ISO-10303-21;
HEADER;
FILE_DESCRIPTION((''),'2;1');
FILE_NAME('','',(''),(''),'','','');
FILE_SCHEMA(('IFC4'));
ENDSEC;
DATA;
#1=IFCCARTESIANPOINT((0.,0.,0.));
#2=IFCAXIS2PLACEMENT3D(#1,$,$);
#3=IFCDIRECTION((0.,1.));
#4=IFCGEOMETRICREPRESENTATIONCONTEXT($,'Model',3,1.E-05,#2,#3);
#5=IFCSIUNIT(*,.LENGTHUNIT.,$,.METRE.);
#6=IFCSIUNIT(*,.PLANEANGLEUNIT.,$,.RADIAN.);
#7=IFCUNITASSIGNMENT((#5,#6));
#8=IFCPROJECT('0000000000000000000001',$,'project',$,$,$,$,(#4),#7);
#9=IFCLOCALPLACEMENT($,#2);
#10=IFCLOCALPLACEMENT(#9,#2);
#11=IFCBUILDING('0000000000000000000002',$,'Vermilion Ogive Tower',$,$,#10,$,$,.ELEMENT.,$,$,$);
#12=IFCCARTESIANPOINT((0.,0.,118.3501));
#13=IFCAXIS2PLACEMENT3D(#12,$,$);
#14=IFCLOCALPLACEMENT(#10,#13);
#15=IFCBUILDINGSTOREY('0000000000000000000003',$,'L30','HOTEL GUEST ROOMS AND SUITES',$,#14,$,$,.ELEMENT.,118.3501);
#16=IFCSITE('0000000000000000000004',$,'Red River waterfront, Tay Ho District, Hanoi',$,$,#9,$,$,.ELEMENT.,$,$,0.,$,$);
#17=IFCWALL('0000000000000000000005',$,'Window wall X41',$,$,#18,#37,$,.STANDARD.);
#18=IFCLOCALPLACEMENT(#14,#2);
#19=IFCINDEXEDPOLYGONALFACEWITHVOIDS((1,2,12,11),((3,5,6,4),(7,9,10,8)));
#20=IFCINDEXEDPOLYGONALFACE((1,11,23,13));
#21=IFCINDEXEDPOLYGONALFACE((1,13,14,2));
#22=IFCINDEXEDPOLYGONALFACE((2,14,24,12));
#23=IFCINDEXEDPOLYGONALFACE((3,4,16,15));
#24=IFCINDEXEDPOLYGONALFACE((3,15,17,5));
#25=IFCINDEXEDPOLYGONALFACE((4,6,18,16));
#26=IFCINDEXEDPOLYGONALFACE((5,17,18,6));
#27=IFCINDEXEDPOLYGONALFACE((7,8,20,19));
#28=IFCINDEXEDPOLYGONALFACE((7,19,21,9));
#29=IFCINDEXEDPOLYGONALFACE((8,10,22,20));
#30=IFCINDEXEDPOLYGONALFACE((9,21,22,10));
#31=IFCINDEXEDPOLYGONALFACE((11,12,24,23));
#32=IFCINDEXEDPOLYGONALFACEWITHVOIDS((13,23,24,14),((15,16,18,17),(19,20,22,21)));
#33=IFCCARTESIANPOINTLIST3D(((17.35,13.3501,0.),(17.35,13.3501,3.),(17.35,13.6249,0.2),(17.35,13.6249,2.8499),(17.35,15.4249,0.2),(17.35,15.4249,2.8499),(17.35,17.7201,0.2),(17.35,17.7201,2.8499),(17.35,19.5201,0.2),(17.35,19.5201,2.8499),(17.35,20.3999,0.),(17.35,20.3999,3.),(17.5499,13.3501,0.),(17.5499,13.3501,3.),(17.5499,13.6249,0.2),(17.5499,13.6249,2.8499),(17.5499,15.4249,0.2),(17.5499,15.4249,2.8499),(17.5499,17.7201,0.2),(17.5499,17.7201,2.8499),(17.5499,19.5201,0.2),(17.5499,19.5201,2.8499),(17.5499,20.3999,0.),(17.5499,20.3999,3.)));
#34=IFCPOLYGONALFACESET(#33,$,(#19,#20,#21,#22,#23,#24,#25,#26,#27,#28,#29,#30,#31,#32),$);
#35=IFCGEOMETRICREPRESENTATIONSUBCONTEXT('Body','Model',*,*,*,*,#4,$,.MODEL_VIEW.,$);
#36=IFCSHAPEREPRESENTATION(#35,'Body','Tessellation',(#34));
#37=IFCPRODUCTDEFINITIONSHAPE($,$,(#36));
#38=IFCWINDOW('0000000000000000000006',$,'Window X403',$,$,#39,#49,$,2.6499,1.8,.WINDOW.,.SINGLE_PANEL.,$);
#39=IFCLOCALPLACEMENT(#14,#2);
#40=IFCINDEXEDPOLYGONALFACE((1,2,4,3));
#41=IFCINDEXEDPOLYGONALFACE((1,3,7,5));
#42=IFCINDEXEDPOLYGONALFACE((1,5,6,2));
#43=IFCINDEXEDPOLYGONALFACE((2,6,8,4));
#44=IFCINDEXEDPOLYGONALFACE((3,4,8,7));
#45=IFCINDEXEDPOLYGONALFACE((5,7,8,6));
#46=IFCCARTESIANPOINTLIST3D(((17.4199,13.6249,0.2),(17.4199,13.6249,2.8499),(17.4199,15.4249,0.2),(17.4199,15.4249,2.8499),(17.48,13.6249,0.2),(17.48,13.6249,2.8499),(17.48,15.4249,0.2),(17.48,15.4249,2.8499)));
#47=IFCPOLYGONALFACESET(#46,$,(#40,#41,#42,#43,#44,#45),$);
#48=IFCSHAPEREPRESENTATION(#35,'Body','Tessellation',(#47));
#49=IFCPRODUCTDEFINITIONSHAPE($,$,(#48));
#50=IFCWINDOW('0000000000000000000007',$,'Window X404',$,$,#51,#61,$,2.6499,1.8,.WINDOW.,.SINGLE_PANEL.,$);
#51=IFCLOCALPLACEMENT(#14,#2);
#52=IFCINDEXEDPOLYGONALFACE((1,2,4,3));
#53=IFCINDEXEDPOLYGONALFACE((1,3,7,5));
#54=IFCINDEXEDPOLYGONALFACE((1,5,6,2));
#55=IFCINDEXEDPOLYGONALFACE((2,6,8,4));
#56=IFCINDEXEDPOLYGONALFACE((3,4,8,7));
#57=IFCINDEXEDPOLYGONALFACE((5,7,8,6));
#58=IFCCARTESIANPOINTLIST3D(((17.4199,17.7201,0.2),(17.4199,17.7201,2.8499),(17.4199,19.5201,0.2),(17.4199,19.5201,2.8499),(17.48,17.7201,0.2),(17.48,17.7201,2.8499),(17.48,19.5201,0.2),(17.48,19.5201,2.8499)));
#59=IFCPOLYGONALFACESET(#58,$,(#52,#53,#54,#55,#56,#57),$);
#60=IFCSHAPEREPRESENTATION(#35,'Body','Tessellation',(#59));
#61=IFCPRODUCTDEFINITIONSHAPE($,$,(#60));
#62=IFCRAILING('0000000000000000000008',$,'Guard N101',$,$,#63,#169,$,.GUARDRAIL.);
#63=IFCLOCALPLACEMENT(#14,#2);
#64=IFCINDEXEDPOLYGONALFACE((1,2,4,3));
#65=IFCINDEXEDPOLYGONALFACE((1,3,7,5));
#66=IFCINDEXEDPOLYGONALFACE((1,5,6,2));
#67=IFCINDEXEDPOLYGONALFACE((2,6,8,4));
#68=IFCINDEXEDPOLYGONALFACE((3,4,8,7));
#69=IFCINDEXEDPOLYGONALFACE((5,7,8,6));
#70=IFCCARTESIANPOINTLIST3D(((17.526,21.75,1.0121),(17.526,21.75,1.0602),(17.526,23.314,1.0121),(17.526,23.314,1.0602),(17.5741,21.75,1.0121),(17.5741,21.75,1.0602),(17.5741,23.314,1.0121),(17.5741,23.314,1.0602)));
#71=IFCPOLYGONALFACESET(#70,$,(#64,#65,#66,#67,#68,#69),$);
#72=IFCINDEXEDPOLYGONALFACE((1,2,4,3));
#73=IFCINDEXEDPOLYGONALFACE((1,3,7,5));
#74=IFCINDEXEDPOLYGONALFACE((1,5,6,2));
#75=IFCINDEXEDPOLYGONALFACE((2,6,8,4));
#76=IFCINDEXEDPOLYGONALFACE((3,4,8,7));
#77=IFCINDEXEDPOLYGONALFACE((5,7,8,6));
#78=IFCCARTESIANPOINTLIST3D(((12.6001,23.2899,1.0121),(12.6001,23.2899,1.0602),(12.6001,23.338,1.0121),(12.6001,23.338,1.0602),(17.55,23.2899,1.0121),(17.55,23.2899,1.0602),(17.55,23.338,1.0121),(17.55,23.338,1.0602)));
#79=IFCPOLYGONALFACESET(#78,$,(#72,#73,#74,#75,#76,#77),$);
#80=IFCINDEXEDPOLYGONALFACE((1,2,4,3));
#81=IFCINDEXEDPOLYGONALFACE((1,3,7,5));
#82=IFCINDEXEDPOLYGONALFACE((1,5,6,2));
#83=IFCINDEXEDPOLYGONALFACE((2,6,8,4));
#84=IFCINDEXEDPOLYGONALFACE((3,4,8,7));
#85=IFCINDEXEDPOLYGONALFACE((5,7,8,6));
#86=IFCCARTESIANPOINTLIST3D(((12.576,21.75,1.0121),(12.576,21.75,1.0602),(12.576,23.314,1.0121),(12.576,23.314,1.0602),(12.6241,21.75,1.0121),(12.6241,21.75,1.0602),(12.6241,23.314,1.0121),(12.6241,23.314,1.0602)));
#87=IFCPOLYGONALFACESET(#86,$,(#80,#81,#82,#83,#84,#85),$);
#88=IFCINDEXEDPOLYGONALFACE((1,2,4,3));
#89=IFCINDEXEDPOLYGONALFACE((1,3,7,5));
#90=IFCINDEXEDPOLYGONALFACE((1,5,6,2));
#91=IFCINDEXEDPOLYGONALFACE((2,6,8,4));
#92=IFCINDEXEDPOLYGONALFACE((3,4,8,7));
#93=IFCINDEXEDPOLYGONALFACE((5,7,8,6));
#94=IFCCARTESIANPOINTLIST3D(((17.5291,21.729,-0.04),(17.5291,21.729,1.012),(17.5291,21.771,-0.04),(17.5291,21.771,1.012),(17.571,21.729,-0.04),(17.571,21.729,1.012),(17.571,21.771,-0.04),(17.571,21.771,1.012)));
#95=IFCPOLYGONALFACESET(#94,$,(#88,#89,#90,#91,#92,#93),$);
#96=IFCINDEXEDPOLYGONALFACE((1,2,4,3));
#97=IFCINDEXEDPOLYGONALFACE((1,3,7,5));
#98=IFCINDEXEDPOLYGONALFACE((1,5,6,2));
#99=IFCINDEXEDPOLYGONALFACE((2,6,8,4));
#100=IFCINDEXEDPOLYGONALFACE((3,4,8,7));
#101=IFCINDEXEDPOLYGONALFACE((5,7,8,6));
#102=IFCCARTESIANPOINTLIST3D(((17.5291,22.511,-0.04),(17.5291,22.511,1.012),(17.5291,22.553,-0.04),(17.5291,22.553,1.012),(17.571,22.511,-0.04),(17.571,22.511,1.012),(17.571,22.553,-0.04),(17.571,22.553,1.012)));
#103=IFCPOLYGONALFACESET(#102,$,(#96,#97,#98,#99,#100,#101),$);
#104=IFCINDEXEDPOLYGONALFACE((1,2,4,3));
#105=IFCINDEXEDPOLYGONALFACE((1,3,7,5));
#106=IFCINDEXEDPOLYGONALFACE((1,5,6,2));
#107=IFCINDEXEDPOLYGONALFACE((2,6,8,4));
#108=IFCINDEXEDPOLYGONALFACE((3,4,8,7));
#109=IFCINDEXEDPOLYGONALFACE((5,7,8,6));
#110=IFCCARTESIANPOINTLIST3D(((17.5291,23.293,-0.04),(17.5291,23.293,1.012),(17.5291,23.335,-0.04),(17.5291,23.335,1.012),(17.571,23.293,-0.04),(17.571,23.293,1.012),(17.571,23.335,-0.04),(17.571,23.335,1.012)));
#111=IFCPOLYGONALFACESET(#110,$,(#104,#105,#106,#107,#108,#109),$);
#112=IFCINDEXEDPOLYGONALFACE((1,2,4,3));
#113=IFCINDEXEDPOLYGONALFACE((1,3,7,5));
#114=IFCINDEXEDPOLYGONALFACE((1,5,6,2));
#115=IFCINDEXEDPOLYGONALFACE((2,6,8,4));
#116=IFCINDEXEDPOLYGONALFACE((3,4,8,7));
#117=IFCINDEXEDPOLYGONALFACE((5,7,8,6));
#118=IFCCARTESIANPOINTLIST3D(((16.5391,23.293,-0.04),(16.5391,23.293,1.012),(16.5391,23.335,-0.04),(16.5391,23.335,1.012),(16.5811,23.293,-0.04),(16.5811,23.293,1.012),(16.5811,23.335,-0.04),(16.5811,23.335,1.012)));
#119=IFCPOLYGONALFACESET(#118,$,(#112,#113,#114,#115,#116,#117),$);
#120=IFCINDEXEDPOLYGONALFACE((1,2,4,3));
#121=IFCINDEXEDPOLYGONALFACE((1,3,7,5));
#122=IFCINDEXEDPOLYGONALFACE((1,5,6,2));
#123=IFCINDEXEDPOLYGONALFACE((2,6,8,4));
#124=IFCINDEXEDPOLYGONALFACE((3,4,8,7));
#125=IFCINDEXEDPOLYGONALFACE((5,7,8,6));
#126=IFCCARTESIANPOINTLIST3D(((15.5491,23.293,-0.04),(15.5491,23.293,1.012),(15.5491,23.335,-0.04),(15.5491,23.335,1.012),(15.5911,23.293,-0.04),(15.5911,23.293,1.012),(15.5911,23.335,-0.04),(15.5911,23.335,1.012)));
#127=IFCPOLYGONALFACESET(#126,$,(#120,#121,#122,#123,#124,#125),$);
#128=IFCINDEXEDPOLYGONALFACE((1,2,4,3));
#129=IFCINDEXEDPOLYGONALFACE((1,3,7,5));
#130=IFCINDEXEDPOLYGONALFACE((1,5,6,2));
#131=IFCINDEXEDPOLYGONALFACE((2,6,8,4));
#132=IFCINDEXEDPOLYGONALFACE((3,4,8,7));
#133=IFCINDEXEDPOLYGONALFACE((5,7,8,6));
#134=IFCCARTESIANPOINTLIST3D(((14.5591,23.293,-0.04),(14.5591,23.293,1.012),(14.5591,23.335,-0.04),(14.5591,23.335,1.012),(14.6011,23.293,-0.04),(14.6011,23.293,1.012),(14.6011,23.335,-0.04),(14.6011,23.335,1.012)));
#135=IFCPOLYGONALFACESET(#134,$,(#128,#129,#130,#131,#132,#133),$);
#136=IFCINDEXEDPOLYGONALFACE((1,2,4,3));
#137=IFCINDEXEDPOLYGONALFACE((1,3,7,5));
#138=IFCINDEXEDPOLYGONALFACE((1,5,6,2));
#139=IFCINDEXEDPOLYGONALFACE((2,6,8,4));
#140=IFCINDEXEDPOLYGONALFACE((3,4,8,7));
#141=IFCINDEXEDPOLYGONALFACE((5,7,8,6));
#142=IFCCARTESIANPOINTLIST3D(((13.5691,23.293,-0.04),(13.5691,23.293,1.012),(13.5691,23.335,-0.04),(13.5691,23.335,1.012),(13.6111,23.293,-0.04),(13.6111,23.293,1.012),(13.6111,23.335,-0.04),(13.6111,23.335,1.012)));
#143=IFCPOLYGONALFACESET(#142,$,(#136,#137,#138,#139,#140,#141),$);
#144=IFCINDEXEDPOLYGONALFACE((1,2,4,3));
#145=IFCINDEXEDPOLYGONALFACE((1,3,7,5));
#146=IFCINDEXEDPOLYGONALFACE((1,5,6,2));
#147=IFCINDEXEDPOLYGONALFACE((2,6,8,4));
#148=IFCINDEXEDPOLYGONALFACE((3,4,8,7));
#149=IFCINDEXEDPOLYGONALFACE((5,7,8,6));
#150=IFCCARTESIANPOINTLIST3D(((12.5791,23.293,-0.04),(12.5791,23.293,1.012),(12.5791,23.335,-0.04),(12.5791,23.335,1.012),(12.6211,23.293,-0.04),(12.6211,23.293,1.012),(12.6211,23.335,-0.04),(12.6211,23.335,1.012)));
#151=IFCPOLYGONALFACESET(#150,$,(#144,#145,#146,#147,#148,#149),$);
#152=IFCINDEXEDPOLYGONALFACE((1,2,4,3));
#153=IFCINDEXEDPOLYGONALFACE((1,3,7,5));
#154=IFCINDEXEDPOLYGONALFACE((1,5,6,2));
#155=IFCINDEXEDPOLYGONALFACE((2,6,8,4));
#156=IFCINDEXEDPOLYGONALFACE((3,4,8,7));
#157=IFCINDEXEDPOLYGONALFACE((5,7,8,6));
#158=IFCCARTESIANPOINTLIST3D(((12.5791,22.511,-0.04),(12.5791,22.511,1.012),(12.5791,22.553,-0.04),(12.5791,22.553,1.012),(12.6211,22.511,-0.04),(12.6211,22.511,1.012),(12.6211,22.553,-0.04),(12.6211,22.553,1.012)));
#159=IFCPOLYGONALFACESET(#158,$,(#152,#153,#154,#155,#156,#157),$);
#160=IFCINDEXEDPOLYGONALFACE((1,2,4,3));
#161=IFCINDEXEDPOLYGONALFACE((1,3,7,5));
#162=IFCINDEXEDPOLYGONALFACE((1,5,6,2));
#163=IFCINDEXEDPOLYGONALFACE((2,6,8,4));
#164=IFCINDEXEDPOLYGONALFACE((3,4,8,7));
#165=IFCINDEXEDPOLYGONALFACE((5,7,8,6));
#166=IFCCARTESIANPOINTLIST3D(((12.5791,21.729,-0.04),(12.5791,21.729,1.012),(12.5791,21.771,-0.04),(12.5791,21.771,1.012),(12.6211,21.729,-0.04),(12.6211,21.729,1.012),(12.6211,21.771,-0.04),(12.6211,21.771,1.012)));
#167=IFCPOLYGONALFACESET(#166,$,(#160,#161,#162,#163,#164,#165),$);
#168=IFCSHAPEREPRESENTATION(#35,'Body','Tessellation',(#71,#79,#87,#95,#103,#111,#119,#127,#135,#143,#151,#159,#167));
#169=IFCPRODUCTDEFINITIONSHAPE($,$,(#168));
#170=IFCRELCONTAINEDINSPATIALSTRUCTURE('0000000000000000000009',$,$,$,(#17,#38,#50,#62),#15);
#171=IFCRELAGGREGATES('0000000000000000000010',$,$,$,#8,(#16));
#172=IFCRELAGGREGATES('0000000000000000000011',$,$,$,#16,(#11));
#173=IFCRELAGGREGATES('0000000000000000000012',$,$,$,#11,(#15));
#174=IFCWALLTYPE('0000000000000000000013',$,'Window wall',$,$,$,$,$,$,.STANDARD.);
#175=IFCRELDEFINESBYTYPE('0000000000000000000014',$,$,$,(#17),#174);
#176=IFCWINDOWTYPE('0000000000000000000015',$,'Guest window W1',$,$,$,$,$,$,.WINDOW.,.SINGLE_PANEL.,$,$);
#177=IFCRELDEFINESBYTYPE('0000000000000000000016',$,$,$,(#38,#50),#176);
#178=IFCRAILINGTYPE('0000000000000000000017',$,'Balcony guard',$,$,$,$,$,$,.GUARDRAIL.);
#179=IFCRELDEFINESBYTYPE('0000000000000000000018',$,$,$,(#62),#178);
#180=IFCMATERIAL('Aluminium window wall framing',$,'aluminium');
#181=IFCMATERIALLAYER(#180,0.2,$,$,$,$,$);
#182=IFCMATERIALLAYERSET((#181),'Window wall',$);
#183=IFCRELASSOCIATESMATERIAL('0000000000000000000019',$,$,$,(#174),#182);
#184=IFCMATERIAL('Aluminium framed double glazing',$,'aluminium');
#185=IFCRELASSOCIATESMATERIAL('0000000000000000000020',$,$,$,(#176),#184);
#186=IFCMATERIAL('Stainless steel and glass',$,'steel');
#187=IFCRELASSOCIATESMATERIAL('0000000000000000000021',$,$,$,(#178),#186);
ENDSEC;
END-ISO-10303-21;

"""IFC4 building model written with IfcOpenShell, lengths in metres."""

from ifc_helpers import new_model, si_unit, direction, frame, frame_2d, origin, origin_2d, place, context, subcontext, project, spatial, rectangle, extrude, material, layer, layer_set, type_object, element, fill, save


model = new_model("IFC4")

# Units and contexts
model_context = context("Model", 3, precision=1e-05, world=origin(), true_north=direction((0.0, 1.0)))
body_context = subcontext(model_context, "Body", "Model", "MODEL_VIEW")
ifc_project = project(units=[si_unit("LENGTHUNIT", "METRE"), si_unit("PLANEANGLEUNIT", "RADIAN")], contexts=[model_context])

# Site, building, storey
site_placement = place(None, origin())
site = spatial("IfcSite", under=ifc_project, at=site_placement, Name="Red River waterfront, Tay Ho District, Hanoi", CompositionType="ELEMENT", RefElevation=0.0)
building_placement = place(site_placement, origin())
building = spatial("IfcBuilding", under=site, at=building_placement, Name="Vermilion Ogive Tower", CompositionType="ELEMENT")
storey_placement = place(building_placement, frame((0.0, 0.0, 118.3501)))
storey = spatial("IfcBuildingStorey", under=building, at=storey_placement, Name="L30", Description="HOTEL GUEST ROOMS AND SUITES", CompositionType="ELEMENT", Elevation=118.3501)

# Shared definitions
ifc_material_1 = material(Name="Aluminium window wall framing", Category="aluminium")
ifc_layer_1 = layer(ifc_material_1, 0.2)
ifc_layer_set_1 = layer_set([ifc_layer_1], Name="Window wall")
wall_type_1 = type_object("IfcWallType", Name="Window wall", PredefinedType="STANDARD", material=ifc_layer_set_1)

# Wall, openings, windows
wall_1_placement = place(storey_placement, frame((17.45, 13.3501, 0.0), z_axis=(0.0, 0.0, 1.0), x_axis=(0.0, 1.0, 0.0)))
wall_1 = element("IfcWall", 1, at=wall_1_placement, inside=storey, type_object=wall_type_1, Name="Window wall X41", PredefinedType="STANDARD", context=body_context, shape_type="SweptSolid", body=[
    extrude(rectangle(XDim=7.0498, YDim=0.2, at=frame_2d((3.5249, 0.0))), origin(), (0.0, 0.0, 1.0), 3.0),
])
opening_1_placement = place(wall_1_placement, frame((0.2749, 0.0, 0.2)))
opening_1 = element("IfcOpeningElement", 2, at=opening_1_placement, cuts=wall_1, PredefinedType="OPENING", context=body_context, shape_type="SweptSolid", body=[
    extrude(rectangle(XDim=1.8, YDim=2.6499, at=frame_2d((0.8999, 1.325))), frame((0.0, 0.1099, 0.0), z_axis=(0.0, -1.0, 0.0), x_axis=(1.0, 0.0, 0.0)), (0.0, 0.0, 1.0), 0.22),
])
opening_2_placement = place(wall_1_placement, frame((4.3701, 0.0, 0.2)))
opening_2 = element("IfcOpeningElement", 3, at=opening_2_placement, cuts=wall_1, PredefinedType="OPENING", context=body_context, shape_type="SweptSolid", body=[
    extrude(rectangle(XDim=1.8, YDim=2.6499, at=frame_2d((0.8999, 1.325))), frame((0.0, 0.1099, 0.0), z_axis=(0.0, -1.0, 0.0), x_axis=(1.0, 0.0, 0.0)), (0.0, 0.0, 1.0), 0.22),
])
ifc_material_2 = material(Name="Aluminium framed double glazing", Category="aluminium")
window_type = type_object("IfcWindowType", Name="Guest window W1", PartitioningType="SINGLE_PANEL", PredefinedType="WINDOW", material=ifc_material_2)
window_1_placement = place(opening_1_placement, origin())
window_1 = element("IfcWindow", 4, at=window_1_placement, inside=storey, type_object=window_type, Name="Window X403", OverallHeight=2.6499, OverallWidth=1.8, PartitioningType="SINGLE_PANEL", PredefinedType="WINDOW", context=body_context, shape_type="SweptSolid", body=[
    extrude(rectangle(XDim=1.8, YDim=2.6499, at=frame_2d((0.8999, 1.325))), frame((0.0, 0.03, 0.0), z_axis=(0.0, -1.0, 0.0), x_axis=(1.0, 0.0, 0.0)), (0.0, 0.0, 1.0), 0.0601),
])
fill(opening_1, window_1)
window_2_placement = place(opening_2_placement, origin())
window_2 = element("IfcWindow", 5, at=window_2_placement, inside=storey, type_object=window_type, Name="Window X404", OverallHeight=2.6499, OverallWidth=1.8, PartitioningType="SINGLE_PANEL", PredefinedType="WINDOW", context=body_context, shape_type="SweptSolid", body=[
    extrude(rectangle(XDim=1.8, YDim=2.6499, at=frame_2d((0.8999, 1.325))), frame((0.0, 0.03, 0.0), z_axis=(0.0, -1.0, 0.0), x_axis=(1.0, 0.0, 0.0)), (0.0, 0.0, 1.0), 0.0601),
])
fill(opening_2, window_2)

# Railing
ifc_material_3 = material(Name="Stainless steel and glass", Category="steel")
railing_type = type_object("IfcRailingType", Name="Balcony guard", PredefinedType="GUARDRAIL", material=ifc_material_3)
railing_placement = place(storey_placement, frame((17.55, 21.75, -0.04)))
element("IfcRailing", 6, at=railing_placement, inside=storey, type_object=railing_type, Name="Guard N101", PredefinedType="GUARDRAIL", context=body_context, shape_type="SweptSolid", body=[
    extrude(rectangle(XDim=0.0481, YDim=0.0481, at=origin_2d()), frame((0.0, 0.0, 1.0762), z_axis=(0.0, 1.0, 0.0), x_axis=(-1.0, 0.0, 0.0)), (0.0, 0.0, 1.0), 1.564),
    extrude(rectangle(XDim=0.0481, YDim=0.0481, at=origin_2d()), frame((0.0, 1.564, 1.0762), z_axis=(-1.0, 0.0, 0.0), x_axis=(0.0, -1.0, 0.0)), (0.0, 0.0, 1.0), 4.95),
    extrude(rectangle(XDim=0.0481, YDim=0.0481, at=origin_2d()), frame((-4.95, 1.564, 1.0762), z_axis=(0.0, -1.0, 0.0), x_axis=(1.0, 0.0, 0.0)), (0.0, 0.0, 1.0), 1.564),
    extrude(rectangle(XDim=0.042, YDim=0.042, at=origin_2d()), origin(), (0.0, 0.0, 1.0), 1.052),
    extrude(rectangle(XDim=0.042, YDim=0.042, at=origin_2d()), frame((0.0, 0.782, 0.0)), (0.0, 0.0, 1.0), 1.052),
    extrude(rectangle(XDim=0.042, YDim=0.042, at=origin_2d()), frame((0.0, 1.564, 0.0)), (0.0, 0.0, 1.0), 1.052),
    extrude(rectangle(XDim=0.042, YDim=0.042, at=origin_2d()), frame((-0.99, 1.564, 0.0)), (0.0, 0.0, 1.0), 1.052),
    extrude(rectangle(XDim=0.042, YDim=0.042, at=origin_2d()), frame((-1.98, 1.564, 0.0)), (0.0, 0.0, 1.0), 1.052),
    extrude(rectangle(XDim=0.042, YDim=0.042, at=origin_2d()), frame((-2.97, 1.564, 0.0)), (0.0, 0.0, 1.0), 1.052),
    extrude(rectangle(XDim=0.042, YDim=0.042, at=origin_2d()), frame((-3.96, 1.564, 0.0)), (0.0, 0.0, 1.0), 1.052),
    extrude(rectangle(XDim=0.042, YDim=0.042, at=origin_2d()), frame((-4.95, 1.564, 0.0)), (0.0, 0.0, 1.0), 1.052),
    extrude(rectangle(XDim=0.042, YDim=0.042, at=origin_2d()), frame((-4.95, 0.782, 0.0)), (0.0, 0.0, 1.0), 1.052),
    extrude(rectangle(XDim=0.042, YDim=0.042, at=origin_2d()), frame((-4.95, 0.0, 0.0)), (0.0, 0.0, 1.0), 1.052),
])

save(model, "model.ifc")
